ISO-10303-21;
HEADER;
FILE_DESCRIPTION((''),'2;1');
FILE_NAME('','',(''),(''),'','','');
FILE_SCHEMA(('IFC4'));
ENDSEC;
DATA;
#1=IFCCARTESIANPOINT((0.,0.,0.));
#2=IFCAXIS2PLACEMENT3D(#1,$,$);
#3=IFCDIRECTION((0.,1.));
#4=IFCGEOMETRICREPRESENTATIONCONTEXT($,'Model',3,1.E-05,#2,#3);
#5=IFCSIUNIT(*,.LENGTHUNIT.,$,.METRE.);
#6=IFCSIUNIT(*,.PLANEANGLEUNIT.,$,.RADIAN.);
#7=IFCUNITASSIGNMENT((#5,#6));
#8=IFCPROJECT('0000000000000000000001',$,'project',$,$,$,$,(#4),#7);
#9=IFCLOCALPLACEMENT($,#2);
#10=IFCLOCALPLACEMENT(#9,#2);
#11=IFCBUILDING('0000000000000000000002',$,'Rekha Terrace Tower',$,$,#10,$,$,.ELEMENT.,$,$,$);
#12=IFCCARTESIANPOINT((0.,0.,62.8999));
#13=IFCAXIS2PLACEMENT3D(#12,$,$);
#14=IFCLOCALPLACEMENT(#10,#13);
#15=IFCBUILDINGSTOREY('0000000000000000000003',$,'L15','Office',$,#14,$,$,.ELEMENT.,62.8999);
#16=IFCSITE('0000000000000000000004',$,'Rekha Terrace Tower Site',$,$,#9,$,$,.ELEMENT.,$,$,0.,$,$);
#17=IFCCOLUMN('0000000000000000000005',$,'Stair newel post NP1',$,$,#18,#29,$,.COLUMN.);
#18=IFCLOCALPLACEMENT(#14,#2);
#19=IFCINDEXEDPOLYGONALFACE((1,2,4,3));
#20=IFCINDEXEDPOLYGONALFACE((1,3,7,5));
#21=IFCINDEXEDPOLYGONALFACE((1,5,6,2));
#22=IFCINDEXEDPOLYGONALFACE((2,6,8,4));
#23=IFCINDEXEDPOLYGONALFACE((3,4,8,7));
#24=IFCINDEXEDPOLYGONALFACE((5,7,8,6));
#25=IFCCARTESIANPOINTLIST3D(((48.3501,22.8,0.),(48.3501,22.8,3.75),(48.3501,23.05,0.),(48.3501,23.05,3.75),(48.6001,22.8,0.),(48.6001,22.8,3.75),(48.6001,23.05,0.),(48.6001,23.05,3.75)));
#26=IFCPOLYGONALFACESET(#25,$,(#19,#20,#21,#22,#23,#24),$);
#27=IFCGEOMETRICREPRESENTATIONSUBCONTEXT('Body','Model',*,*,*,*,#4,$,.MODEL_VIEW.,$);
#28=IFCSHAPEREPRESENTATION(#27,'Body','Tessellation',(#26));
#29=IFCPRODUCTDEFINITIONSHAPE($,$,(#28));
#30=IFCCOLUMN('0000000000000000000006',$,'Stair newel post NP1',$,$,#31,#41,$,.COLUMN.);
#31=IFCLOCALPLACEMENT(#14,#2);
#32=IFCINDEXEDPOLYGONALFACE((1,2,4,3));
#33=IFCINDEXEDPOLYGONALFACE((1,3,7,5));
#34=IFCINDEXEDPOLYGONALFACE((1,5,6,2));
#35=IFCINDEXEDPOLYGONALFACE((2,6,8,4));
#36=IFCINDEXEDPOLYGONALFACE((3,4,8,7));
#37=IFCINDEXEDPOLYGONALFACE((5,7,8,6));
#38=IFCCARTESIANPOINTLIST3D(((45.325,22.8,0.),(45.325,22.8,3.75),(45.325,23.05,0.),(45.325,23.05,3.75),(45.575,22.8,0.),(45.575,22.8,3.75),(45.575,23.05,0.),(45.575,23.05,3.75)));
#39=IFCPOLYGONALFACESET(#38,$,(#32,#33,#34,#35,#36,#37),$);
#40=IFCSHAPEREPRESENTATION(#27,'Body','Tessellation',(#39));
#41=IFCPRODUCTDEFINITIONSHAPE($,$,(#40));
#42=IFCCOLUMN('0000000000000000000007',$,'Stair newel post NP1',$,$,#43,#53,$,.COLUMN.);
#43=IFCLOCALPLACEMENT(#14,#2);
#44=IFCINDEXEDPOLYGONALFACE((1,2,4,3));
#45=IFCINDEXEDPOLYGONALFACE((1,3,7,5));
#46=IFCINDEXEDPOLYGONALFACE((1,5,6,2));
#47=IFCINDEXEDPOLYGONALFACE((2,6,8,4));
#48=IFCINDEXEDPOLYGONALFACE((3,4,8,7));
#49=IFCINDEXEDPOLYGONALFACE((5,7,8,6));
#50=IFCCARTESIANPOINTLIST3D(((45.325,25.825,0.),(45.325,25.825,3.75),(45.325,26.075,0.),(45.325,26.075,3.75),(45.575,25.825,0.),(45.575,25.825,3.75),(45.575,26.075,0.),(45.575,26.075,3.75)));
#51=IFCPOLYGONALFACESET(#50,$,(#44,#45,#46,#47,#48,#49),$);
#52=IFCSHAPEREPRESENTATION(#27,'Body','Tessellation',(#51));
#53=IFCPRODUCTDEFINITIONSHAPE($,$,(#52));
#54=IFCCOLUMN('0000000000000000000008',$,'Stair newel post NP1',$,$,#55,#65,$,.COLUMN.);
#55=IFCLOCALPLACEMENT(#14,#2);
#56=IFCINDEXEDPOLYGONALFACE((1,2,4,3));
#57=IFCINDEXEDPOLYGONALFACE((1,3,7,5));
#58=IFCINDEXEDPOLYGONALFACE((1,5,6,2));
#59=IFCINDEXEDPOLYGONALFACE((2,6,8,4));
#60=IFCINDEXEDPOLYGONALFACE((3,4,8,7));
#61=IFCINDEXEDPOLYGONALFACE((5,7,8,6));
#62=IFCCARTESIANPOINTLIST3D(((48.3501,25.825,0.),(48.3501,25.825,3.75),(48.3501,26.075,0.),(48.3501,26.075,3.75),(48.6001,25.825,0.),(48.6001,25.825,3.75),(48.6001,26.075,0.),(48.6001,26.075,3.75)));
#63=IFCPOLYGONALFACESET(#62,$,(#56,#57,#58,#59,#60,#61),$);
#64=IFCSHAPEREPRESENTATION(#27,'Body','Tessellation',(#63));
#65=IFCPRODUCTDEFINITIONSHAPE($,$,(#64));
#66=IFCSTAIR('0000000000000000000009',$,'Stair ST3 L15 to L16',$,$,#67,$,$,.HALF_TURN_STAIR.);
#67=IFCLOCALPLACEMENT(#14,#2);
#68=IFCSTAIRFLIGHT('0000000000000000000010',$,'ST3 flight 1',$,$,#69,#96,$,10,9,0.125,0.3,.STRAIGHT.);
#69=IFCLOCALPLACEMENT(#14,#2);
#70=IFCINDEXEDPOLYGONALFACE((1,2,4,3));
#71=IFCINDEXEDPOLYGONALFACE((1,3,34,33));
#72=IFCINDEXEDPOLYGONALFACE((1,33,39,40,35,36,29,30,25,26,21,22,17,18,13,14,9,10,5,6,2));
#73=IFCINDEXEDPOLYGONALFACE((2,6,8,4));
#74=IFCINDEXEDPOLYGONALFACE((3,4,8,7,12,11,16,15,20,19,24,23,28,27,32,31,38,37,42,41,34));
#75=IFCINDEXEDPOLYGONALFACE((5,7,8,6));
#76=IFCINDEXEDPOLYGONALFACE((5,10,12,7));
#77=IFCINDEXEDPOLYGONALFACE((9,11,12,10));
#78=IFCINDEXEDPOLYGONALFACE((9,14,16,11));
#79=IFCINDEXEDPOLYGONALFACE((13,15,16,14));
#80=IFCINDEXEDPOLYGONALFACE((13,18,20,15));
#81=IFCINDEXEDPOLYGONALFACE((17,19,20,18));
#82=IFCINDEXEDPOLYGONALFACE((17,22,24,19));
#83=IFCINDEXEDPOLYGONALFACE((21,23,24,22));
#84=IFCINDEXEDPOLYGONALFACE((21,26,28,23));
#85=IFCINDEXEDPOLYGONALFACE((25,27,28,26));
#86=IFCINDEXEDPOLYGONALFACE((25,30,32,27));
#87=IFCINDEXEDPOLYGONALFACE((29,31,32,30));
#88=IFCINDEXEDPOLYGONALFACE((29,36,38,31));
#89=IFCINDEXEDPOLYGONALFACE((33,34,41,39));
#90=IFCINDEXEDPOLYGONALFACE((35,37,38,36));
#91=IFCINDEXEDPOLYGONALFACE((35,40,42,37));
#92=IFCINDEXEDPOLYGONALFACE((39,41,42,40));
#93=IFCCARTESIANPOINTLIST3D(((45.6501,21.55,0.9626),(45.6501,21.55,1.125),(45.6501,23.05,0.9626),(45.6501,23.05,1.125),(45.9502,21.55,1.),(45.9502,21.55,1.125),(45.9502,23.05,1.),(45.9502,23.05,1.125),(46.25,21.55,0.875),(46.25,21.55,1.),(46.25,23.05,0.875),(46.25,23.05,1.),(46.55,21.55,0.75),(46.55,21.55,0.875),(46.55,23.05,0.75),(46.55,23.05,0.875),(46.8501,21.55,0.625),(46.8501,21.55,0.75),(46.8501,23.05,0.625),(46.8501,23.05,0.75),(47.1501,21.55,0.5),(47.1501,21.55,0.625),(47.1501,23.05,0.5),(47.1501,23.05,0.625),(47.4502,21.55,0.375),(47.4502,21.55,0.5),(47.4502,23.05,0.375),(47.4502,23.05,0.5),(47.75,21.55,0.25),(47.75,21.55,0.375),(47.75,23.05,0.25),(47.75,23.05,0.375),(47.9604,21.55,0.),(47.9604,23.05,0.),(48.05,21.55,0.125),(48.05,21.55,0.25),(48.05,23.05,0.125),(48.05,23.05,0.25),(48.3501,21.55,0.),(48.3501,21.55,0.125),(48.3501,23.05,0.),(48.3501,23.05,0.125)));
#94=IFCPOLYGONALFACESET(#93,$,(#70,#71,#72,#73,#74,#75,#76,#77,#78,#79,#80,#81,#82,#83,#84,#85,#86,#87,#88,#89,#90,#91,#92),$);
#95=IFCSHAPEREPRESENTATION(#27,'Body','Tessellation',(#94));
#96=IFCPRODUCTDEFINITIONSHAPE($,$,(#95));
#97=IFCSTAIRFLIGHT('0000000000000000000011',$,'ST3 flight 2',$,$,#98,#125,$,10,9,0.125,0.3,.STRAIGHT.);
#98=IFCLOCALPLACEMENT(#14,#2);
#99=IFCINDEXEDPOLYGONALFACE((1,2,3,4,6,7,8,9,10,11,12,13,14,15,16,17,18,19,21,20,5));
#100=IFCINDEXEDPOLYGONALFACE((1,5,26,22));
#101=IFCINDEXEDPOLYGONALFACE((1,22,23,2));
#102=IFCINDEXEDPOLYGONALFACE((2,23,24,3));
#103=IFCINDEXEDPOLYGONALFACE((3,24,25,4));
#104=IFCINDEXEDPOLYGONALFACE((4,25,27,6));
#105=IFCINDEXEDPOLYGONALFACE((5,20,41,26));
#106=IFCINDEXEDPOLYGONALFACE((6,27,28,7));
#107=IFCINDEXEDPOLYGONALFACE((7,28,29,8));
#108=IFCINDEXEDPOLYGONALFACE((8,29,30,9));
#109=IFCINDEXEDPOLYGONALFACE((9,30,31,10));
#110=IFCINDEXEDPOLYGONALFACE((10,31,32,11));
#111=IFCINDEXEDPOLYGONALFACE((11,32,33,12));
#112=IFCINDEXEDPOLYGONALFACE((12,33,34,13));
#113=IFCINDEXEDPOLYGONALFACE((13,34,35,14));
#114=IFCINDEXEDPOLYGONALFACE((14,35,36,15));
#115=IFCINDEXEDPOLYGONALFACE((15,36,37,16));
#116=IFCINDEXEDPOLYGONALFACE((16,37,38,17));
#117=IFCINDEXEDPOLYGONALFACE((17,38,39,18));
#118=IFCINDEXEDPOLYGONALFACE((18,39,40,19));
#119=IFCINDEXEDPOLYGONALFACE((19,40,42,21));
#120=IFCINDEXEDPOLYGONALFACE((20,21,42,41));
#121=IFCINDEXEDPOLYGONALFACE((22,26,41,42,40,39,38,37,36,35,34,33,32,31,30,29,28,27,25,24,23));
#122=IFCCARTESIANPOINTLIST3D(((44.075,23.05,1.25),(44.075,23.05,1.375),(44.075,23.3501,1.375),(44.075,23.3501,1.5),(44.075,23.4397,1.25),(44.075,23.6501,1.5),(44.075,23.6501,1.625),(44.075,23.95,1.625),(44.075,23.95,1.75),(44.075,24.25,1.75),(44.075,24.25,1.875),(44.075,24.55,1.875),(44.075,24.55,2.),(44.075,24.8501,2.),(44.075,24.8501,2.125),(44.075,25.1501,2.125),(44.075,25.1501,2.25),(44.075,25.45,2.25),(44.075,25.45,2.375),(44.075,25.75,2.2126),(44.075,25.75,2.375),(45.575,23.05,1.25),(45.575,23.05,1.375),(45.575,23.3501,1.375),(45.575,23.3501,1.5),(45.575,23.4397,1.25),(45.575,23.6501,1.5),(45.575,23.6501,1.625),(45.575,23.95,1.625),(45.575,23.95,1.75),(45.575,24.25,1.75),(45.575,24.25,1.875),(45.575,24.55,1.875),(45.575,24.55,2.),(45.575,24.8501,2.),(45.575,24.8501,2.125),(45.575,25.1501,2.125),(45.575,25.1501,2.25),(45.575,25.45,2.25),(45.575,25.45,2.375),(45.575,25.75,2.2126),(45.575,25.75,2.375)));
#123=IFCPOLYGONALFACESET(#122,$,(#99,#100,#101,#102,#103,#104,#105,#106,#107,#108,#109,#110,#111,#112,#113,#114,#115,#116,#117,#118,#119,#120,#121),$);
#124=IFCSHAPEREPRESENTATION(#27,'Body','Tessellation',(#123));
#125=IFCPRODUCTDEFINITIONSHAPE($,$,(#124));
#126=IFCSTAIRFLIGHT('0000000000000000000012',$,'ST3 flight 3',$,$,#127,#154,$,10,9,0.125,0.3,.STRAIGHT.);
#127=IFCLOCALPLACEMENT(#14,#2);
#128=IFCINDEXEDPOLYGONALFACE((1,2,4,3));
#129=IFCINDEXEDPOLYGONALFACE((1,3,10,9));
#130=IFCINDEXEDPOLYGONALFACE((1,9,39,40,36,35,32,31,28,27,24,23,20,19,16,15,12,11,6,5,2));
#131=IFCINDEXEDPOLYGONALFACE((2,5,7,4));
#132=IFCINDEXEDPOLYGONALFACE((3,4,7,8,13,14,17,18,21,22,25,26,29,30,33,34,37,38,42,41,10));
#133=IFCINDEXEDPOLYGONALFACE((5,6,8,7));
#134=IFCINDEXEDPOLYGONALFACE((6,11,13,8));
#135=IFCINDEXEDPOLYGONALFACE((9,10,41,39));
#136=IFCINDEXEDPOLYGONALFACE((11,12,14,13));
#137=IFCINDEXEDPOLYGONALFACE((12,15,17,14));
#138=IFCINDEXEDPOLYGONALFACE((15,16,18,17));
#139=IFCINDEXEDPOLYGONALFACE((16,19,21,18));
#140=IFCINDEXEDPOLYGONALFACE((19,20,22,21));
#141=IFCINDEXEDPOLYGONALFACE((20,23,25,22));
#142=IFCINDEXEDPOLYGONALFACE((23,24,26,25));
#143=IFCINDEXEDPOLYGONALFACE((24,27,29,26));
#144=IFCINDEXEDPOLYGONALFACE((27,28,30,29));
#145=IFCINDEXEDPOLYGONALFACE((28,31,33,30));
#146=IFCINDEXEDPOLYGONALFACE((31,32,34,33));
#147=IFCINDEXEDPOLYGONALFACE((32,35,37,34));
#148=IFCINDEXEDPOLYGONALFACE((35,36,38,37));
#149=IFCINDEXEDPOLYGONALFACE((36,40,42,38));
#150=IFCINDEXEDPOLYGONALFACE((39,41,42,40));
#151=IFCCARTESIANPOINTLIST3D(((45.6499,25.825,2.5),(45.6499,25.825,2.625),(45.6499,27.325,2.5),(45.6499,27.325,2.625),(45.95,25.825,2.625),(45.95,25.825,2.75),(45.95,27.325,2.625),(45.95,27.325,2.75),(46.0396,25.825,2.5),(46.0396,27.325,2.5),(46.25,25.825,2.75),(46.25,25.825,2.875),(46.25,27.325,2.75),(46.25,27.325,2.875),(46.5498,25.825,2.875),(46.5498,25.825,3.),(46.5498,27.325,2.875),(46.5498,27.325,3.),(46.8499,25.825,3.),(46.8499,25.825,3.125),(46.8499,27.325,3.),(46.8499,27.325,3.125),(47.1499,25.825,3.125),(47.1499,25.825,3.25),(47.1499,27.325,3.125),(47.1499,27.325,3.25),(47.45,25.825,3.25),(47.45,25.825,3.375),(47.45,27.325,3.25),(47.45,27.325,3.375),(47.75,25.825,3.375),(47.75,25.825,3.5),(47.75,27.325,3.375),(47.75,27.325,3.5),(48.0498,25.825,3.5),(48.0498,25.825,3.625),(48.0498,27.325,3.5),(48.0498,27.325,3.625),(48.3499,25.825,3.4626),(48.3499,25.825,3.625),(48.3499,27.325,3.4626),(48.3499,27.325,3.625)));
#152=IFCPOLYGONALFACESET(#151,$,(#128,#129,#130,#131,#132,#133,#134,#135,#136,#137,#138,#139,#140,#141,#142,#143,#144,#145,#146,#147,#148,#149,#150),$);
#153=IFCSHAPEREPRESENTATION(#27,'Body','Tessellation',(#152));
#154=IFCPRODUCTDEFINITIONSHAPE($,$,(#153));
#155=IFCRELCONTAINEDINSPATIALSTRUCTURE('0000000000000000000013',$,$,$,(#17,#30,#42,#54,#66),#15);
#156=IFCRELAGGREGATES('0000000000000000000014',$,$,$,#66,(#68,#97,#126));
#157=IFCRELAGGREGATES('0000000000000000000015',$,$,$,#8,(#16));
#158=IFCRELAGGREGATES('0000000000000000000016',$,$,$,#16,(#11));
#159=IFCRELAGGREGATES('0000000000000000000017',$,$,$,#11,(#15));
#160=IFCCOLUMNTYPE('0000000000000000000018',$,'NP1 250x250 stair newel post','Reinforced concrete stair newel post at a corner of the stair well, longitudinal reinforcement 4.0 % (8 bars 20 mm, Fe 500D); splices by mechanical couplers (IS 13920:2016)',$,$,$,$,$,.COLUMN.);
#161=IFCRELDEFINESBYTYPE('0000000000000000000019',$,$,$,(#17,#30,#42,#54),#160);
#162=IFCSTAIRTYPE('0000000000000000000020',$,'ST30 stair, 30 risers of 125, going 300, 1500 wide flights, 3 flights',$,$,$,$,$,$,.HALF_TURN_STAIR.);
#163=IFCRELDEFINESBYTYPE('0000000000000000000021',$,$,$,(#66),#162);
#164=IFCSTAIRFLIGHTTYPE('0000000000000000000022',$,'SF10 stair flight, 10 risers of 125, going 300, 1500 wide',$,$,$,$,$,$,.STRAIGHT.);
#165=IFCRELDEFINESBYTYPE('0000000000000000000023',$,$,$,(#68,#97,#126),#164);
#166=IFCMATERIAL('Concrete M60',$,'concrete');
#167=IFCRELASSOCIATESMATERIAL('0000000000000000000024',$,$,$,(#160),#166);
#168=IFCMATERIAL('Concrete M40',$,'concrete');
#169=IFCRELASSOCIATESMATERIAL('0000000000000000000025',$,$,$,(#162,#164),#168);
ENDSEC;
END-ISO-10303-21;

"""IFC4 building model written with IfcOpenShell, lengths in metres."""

from ifc_helpers import new_model, si_unit, direction, frame, origin, origin_2d, place, context, subcontext, project, spatial, polyline, rectangle, outline, extrude, material, material_profile, profile_set, type_object, element, aggregate, save


model = new_model("IFC4")

# Units and contexts
model_context = context("Model", 3, precision=1e-05, world=origin(), true_north=direction((0.0, 1.0)))
body_context = subcontext(model_context, "Body", "Model", "MODEL_VIEW")
ifc_project = project(units=[si_unit("LENGTHUNIT", "METRE"), si_unit("PLANEANGLEUNIT", "RADIAN")], contexts=[model_context])

# Site, building, storey
site_placement = place(None, origin())
site = spatial("IfcSite", under=ifc_project, at=site_placement, Name="Rekha Terrace Tower Site", CompositionType="ELEMENT", RefElevation=0.0)
building_placement = place(site_placement, origin())
building = spatial("IfcBuilding", under=site, at=building_placement, Name="Rekha Terrace Tower", CompositionType="ELEMENT")
storey_placement = place(building_placement, frame((0.0, 0.0, 62.8999)))
storey = spatial("IfcBuildingStorey", under=building, at=storey_placement, Name="L15", Description="Office", CompositionType="ELEMENT", Elevation=62.8999)

# Columns
ifc_material_1 = material(Name="Concrete M60", Category="concrete")
ifc_material_profile = material_profile(ifc_material_1, rectangle(XDim=0.25, YDim=0.25, at=origin_2d()), Name="RC 250x250")
ifc_profile_set = profile_set([ifc_material_profile], Name="Concrete M60")
column_type = type_object("IfcColumnType", Name="NP1 250x250 stair newel post", Description="Reinforced concrete stair newel post at a corner of the stair well, longitudinal reinforcement 4.0 % (8 bars 20 mm, Fe 500D); splices by mechanical couplers (IS 13920:2016)", PredefinedType="COLUMN", material=ifc_profile_set)
for number, where, z_axis, x_axis, name in (
    (1, (48.4751, 22.925, 0.0), (0.0, 0.0, 1.0), (1.0, 0.0, 0.0), "Stair newel post NP1"),
    (2, (45.45, 22.925, 0.0), (0.0, 0.0, 1.0), (1.0, 0.0, 0.0), "Stair newel post NP1"),
    (3, (45.45, 25.95, 0.0), (0.0, 0.0, 1.0), (1.0, 0.0, 0.0), "Stair newel post NP1"),
    (4, (48.4751, 25.95, 0.0), (0.0, 0.0, 1.0), (1.0, 0.0, 0.0), "Stair newel post NP1"),
):
    element("IfcColumn", number, at=place(storey_placement, frame(where, z_axis=z_axis, x_axis=x_axis)), inside=storey, type_object=column_type, Name=name, PredefinedType="COLUMN", context=body_context, shape_type="SweptSolid", body=[
        extrude(rectangle(XDim=0.25, YDim=0.25, at=origin_2d()), origin(), (0.0, 0.0, 1.0), 3.75),
    ])

# Stair, stair flights
ifc_material_2 = material(Name="Concrete M40", Category="concrete")
stair_type = type_object("IfcStairType", Name="ST30 stair, 30 risers of 125, going 300, 1500 wide flights, 3 flights", PredefinedType="HALF_TURN_STAIR", material=ifc_material_2)
stair_placement = place(storey_placement, origin())
stair = element("IfcStair", 5, at=stair_placement, inside=storey, type_object=stair_type, Name="Stair ST3 L15 to L16", PredefinedType="HALF_TURN_STAIR")
stair_flight_type = type_object("IfcStairFlightType", Name="SF10 stair flight, 10 risers of 125, going 300, 1500 wide", PredefinedType="STRAIGHT", material=ifc_material_2)
stair_flight_1_placement = place(storey_placement, frame((48.3501, 22.3, 0.0), z_axis=(0.0, 0.0, 1.0), x_axis=(-1.0, 0.0, 0.0)))
stair_flight_1 = element("IfcStairFlight", 6, at=stair_flight_1_placement, type_object=stair_flight_type, Name="ST3 flight 1", NumberOfRisers=10, NumberOfTreads=9, PredefinedType="STRAIGHT", RiserHeight=0.125, TreadLength=0.3, context=body_context, shape_type="SweptSolid", body=[
    extrude(outline(polyline([(0.0, 0.0), (0.0, 0.125), (0.3, 0.125), (0.3, 0.25), (0.6001, 0.25), (0.6001, 0.375), (0.8999, 0.375), (0.8999, 0.5), (1.2, 0.5), (1.2, 0.625), (1.5, 0.625), (1.5, 0.75), (1.8, 0.75), (1.8, 0.875), (2.1001, 0.875), (2.1001, 1.0), (2.3999, 1.0), (2.3999, 1.125), (2.7, 1.125), (2.7, 1.25), (2.7, 0.9626), (0.3896, 0.0), (0.0, 0.0)])), frame((0.0, 0.75, 0.0), z_axis=(0.0, -1.0, 0.0), x_axis=(1.0, 0.0, 0.0)), (0.0, 0.0, 1.0), 1.5),
])
stair_flight_2_placement = place(storey_placement, frame((44.825, 23.05, 1.25), z_axis=(0.0, 0.0, 1.0), x_axis=(0.0, 1.0, 0.0)))
stair_flight_2 = element("IfcStairFlight", 7, at=stair_flight_2_placement, type_object=stair_flight_type, Name="ST3 flight 2", NumberOfRisers=10, NumberOfTreads=9, PredefinedType="STRAIGHT", RiserHeight=0.125, TreadLength=0.3, context=body_context, shape_type="SweptSolid", body=[
    extrude(outline(polyline([(0.0, 0.0), (0.0, 0.125), (0.3, 0.125), (0.3, 0.25), (0.6001, 0.25), (0.6001, 0.375), (0.8999, 0.375), (0.8999, 0.5), (1.2, 0.5), (1.2, 0.625), (1.5, 0.625), (1.5, 0.75), (1.8, 0.75), (1.8, 0.875), (2.1001, 0.875), (2.1001, 1.0), (2.3999, 1.0), (2.3999, 1.125), (2.7, 1.125), (2.7, 1.25), (2.7, 0.9626), (0.3896, 0.0), (0.0, 0.0)])), frame((0.0, 0.75, 0.0), z_axis=(0.0, -1.0, 0.0), x_axis=(1.0, 0.0, 0.0)), (0.0, 0.0, 1.0), 1.5),
])
stair_flight_3_placement = place(storey_placement, frame((45.6499, 26.575, 2.5), z_axis=(0.0, 0.0, 1.0), x_axis=(1.0, 0.0, 0.0)))
stair_flight_3 = element("IfcStairFlight", 8, at=stair_flight_3_placement, type_object=stair_flight_type, Name="ST3 flight 3", NumberOfRisers=10, NumberOfTreads=9, PredefinedType="STRAIGHT", RiserHeight=0.125, TreadLength=0.3, context=body_context, shape_type="SweptSolid", body=[
    extrude(outline(polyline([(0.0, 0.0), (0.0, 0.125), (0.3, 0.125), (0.3, 0.25), (0.6001, 0.25), (0.6001, 0.375), (0.8999, 0.375), (0.8999, 0.5), (1.2, 0.5), (1.2, 0.625), (1.5, 0.625), (1.5, 0.75), (1.8, 0.75), (1.8, 0.875), (2.1001, 0.875), (2.1001, 1.0), (2.3999, 1.0), (2.3999, 1.125), (2.7, 1.125), (2.7, 1.25), (2.7, 0.9626), (0.3896, 0.0), (0.0, 0.0)])), frame((0.0, 0.75, 0.0), z_axis=(0.0, -1.0, 0.0), x_axis=(1.0, 0.0, 0.0)), (0.0, 0.0, 1.0), 1.5),
])
aggregate(stair, [stair_flight_1, stair_flight_2, stair_flight_3])

save(model, "model.ifc")
